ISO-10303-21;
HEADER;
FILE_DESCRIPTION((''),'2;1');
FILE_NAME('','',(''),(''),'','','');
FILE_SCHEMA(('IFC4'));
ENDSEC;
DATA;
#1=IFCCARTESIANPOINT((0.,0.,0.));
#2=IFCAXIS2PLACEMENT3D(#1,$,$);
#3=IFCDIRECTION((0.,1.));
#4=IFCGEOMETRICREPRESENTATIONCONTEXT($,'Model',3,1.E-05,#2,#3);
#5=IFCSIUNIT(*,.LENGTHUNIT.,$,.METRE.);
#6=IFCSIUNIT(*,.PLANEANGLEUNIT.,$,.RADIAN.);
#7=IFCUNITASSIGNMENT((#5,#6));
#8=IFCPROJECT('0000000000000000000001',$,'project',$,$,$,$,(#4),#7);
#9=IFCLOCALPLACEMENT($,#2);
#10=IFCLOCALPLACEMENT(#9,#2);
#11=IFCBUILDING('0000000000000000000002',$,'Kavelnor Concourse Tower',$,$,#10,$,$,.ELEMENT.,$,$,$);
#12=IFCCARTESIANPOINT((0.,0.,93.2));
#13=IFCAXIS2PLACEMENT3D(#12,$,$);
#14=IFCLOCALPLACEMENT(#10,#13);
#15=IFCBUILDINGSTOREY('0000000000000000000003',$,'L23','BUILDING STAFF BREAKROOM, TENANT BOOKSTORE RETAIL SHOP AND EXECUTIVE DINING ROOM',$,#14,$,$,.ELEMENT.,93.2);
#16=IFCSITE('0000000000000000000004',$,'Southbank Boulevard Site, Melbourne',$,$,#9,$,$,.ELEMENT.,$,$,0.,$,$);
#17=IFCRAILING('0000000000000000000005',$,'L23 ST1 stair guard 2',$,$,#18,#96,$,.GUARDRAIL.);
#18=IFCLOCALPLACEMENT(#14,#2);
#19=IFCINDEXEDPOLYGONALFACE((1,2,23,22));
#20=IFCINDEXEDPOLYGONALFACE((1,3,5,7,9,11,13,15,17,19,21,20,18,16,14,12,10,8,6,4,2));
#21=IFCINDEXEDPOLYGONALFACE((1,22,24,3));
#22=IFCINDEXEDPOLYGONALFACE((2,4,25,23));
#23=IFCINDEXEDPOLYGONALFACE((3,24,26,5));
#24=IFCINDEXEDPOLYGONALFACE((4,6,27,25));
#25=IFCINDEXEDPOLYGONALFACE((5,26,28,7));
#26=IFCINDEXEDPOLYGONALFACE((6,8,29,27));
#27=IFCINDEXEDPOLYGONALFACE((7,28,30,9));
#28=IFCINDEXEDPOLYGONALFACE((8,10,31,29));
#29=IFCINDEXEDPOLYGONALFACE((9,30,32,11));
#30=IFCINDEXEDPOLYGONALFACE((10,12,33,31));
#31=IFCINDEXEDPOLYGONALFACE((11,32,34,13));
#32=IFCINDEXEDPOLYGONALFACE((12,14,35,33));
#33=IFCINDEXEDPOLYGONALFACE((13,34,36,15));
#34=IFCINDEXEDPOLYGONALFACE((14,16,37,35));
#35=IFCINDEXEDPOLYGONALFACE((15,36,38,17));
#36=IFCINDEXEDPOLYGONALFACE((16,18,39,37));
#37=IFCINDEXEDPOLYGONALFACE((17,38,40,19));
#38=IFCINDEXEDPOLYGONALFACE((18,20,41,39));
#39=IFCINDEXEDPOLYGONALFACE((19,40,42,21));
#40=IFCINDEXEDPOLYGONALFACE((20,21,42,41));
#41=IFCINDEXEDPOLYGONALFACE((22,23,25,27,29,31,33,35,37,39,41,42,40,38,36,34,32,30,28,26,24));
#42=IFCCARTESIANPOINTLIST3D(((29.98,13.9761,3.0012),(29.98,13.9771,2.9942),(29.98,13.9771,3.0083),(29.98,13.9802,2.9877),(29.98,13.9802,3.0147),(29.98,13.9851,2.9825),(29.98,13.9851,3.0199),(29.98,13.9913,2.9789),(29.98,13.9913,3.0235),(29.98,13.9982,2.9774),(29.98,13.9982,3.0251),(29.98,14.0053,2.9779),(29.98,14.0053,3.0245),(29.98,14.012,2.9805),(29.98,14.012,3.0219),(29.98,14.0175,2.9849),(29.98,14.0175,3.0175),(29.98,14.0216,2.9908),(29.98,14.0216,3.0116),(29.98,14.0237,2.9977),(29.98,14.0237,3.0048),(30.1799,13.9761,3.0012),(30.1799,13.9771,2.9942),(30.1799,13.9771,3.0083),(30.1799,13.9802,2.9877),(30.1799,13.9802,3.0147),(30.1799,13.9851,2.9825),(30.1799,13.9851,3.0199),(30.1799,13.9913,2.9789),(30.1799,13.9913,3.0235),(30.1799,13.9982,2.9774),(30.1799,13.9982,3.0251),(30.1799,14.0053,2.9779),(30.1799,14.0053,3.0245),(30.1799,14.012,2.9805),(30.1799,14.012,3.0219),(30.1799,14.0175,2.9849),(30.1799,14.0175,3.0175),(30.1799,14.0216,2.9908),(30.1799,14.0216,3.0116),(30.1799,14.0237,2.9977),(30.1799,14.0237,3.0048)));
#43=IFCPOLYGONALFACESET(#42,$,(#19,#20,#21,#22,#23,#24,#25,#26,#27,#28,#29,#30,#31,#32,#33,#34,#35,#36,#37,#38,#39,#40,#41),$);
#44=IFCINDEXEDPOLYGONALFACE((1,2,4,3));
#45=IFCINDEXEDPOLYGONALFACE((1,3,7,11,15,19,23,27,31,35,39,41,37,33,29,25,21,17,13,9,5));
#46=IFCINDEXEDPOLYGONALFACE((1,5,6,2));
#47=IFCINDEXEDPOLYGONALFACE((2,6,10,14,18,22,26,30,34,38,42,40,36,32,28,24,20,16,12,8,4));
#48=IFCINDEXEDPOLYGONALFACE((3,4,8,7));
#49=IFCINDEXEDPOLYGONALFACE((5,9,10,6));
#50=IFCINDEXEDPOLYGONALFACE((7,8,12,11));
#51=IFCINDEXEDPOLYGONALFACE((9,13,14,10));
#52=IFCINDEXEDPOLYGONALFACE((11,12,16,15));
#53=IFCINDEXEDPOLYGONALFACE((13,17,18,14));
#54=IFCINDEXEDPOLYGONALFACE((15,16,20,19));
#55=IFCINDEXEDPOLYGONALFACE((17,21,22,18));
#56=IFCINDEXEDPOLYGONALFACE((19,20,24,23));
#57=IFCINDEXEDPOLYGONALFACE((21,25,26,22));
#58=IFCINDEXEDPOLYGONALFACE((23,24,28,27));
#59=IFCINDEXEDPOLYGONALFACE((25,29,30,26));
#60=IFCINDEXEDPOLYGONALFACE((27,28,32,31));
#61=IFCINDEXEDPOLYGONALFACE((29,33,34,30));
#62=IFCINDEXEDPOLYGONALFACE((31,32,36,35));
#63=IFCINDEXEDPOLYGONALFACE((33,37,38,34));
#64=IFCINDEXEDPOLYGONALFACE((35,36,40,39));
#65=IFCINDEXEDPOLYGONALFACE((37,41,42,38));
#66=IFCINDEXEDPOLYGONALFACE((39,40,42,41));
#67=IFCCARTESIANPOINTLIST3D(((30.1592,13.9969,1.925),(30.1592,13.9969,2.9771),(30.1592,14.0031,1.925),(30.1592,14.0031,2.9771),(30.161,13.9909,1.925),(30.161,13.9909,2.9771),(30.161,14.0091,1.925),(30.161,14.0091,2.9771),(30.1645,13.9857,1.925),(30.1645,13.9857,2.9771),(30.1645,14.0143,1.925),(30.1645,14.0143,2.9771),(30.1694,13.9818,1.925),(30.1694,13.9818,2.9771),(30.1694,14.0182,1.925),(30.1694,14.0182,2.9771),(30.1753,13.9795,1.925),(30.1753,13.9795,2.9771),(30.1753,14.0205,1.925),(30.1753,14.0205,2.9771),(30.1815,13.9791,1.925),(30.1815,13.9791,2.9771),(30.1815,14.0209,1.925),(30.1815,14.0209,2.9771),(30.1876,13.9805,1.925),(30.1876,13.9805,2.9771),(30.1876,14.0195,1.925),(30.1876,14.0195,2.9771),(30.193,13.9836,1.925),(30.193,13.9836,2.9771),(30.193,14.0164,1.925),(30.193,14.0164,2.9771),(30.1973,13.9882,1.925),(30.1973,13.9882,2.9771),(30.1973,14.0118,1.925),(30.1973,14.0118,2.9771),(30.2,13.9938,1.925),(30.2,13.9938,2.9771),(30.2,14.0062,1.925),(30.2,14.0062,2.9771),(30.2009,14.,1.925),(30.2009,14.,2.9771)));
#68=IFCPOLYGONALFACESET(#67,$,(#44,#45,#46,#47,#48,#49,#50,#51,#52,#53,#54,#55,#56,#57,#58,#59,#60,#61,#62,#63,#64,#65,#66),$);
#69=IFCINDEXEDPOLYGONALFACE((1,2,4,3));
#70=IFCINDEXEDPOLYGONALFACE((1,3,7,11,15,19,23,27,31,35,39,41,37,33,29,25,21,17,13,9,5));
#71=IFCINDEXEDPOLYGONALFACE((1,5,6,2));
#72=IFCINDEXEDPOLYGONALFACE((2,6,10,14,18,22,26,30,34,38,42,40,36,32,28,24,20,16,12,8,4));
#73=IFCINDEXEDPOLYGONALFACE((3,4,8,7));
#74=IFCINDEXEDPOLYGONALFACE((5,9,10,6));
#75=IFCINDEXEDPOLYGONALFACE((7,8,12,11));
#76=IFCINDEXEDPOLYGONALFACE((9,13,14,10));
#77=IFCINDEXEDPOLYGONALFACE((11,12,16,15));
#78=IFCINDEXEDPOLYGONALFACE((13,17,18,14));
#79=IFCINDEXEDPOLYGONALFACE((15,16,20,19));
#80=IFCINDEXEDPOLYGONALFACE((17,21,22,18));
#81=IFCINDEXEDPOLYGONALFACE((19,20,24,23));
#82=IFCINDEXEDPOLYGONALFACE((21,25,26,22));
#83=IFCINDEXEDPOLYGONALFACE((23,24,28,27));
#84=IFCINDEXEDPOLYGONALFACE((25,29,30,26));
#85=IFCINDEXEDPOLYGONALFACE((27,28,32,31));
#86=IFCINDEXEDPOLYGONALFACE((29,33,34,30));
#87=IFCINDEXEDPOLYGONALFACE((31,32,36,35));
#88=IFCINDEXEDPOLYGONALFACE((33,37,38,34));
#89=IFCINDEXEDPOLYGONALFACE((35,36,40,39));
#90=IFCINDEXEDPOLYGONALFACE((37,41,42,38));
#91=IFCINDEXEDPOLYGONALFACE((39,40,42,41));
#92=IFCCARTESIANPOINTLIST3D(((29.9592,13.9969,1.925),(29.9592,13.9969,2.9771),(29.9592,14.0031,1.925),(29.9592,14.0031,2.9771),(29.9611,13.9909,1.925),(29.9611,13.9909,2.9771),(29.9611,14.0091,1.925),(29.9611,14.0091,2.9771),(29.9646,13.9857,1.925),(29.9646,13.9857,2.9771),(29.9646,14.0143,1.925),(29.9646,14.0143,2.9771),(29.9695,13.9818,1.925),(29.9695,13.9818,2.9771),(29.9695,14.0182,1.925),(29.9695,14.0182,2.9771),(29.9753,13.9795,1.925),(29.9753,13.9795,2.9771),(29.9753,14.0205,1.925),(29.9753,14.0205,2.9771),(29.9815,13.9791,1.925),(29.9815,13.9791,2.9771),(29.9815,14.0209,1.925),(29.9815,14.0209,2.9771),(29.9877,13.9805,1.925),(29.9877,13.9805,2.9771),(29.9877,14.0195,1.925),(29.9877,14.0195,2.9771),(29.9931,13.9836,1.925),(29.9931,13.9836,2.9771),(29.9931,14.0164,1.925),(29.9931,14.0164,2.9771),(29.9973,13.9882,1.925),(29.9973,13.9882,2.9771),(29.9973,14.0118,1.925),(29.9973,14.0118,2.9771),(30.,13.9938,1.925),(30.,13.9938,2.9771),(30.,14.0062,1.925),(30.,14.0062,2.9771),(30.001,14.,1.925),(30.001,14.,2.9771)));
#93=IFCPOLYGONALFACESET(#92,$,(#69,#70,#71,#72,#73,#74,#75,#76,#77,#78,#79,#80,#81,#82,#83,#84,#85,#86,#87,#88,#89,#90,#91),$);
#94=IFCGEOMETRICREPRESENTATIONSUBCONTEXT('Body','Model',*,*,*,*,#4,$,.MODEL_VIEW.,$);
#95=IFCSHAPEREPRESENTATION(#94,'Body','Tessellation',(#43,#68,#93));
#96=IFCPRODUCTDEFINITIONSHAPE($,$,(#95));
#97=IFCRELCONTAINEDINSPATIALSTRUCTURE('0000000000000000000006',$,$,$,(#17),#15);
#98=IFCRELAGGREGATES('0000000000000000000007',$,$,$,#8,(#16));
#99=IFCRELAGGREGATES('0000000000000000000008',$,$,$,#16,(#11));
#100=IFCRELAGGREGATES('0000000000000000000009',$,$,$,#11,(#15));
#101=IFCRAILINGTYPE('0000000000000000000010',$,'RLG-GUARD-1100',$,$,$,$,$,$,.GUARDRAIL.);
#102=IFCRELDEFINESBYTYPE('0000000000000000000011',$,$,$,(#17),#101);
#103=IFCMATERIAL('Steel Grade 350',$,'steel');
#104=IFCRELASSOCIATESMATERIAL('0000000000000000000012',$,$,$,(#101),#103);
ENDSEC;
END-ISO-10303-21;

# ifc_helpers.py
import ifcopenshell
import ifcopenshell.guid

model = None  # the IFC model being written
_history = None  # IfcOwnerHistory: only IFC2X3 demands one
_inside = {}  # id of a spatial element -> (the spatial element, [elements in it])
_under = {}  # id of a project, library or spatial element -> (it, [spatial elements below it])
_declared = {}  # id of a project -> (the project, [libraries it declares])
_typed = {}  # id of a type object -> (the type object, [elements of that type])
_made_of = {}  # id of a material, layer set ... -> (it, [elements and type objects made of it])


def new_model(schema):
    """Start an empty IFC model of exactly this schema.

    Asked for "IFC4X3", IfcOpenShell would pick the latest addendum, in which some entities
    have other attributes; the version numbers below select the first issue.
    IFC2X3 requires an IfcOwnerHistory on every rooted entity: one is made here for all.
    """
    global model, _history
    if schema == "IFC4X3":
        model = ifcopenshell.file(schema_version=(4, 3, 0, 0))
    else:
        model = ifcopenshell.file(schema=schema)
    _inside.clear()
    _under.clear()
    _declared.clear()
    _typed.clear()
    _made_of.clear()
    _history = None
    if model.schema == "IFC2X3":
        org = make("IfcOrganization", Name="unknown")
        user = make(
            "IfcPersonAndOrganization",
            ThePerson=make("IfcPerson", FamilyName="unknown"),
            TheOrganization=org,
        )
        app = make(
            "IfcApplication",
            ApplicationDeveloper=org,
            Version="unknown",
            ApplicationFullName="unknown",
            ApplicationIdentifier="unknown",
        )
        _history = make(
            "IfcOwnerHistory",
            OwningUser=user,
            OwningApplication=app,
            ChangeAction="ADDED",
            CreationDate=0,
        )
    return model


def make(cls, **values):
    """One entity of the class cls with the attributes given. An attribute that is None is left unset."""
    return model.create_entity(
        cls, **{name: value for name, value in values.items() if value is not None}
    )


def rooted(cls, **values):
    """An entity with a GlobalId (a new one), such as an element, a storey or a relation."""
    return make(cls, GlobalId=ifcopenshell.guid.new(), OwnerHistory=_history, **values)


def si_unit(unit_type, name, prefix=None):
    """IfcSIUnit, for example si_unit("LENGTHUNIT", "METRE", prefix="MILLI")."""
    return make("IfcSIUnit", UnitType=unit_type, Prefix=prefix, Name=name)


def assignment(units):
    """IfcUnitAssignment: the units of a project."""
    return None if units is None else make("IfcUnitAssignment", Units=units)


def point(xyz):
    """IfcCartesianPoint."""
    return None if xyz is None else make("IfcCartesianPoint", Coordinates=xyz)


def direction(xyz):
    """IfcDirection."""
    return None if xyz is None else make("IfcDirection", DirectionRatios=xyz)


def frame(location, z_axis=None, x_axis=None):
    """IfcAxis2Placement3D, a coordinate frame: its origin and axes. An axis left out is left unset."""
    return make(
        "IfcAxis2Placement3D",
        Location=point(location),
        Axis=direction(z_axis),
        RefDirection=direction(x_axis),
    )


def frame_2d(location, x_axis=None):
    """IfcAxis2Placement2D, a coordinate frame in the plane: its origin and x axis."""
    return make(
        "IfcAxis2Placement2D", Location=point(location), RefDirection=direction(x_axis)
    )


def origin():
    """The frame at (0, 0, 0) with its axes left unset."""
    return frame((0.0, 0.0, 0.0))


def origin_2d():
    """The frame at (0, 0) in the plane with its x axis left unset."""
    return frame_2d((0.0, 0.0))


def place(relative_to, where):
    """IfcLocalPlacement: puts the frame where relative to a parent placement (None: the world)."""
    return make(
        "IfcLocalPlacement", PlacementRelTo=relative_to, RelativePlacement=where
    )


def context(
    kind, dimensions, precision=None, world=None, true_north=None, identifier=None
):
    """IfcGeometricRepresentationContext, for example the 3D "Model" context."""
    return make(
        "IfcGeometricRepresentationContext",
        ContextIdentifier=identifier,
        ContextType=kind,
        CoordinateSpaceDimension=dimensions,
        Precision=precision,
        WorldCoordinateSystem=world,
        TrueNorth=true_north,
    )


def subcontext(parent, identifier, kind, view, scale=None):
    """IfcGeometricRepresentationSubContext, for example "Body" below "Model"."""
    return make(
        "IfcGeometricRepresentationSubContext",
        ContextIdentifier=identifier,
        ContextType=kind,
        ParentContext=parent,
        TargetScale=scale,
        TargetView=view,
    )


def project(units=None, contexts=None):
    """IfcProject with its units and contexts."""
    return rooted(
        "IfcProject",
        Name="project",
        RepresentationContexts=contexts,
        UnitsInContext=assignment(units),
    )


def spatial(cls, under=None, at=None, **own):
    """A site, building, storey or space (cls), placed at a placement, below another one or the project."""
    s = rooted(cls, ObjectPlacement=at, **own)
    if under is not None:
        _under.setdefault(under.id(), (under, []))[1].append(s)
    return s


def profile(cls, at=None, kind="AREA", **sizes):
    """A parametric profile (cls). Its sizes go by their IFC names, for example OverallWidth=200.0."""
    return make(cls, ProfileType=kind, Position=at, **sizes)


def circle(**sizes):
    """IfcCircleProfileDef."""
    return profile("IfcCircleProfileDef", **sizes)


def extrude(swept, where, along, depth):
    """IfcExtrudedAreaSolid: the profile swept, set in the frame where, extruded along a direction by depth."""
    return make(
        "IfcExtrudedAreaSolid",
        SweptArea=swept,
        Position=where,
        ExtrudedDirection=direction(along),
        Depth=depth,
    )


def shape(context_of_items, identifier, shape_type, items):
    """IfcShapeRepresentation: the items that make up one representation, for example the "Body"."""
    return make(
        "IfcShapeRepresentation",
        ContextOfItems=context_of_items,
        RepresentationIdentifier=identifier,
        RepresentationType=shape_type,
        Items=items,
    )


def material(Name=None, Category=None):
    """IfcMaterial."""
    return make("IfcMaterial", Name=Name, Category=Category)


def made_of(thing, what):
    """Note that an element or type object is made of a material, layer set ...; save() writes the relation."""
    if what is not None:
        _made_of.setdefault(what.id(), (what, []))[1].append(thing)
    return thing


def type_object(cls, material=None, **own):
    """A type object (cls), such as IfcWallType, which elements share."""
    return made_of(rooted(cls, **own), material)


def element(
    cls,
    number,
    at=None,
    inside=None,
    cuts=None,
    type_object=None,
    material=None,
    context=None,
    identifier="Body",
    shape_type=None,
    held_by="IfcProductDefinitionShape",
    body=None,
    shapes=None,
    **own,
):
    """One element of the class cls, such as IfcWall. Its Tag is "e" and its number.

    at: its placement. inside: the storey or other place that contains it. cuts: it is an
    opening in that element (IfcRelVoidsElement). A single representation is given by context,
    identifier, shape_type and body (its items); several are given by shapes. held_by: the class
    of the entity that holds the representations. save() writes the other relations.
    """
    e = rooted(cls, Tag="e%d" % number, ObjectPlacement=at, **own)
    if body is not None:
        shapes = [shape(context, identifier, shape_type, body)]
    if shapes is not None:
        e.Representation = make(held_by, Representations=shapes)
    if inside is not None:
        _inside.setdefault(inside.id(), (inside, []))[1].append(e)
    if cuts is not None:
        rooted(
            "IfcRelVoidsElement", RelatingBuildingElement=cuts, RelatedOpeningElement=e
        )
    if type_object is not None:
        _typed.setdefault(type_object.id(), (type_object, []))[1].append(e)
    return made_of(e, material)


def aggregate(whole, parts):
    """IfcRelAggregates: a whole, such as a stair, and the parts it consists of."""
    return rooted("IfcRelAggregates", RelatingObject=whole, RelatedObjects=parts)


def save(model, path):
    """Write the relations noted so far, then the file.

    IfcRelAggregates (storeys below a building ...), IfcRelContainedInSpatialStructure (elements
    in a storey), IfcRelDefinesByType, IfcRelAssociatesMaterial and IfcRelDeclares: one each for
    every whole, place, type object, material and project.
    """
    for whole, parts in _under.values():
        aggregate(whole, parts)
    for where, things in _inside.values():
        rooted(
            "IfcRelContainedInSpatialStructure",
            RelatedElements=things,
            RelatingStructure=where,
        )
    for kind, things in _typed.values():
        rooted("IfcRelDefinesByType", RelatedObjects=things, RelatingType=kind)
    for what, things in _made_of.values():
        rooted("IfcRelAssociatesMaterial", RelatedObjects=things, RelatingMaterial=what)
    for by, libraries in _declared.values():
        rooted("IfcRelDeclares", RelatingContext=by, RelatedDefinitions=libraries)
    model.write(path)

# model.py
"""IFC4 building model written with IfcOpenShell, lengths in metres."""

from ifc_helpers import new_model, si_unit, direction, frame, origin, origin_2d, place, context, subcontext, project, spatial, circle, extrude, material, type_object, element, save


model = new_model("IFC4")

# Units and contexts
model_context = context("Model", 3, precision=1e-05, world=origin(), true_north=direction((0.0, 1.0)))
body_context = subcontext(model_context, "Body", "Model", "MODEL_VIEW")
ifc_project = project(units=[si_unit("LENGTHUNIT", "METRE"), si_unit("PLANEANGLEUNIT", "RADIAN")], contexts=[model_context])

# Site, building, storey
site_placement = place(None, origin())
site = spatial("IfcSite", under=ifc_project, at=site_placement, Name="Southbank Boulevard Site, Melbourne", CompositionType="ELEMENT", RefElevation=0.0)
building_placement = place(site_placement, origin())
building = spatial("IfcBuilding", under=site, at=building_placement, Name="Kavelnor Concourse Tower", CompositionType="ELEMENT")
storey_placement = place(building_placement, frame((0.0, 0.0, 93.2)))
storey = spatial("IfcBuildingStorey", under=building, at=storey_placement, Name="L23", Description="BUILDING STAFF BREAKROOM, TENANT BOOKSTORE RETAIL SHOP AND EXECUTIVE DINING ROOM", CompositionType="ELEMENT", Elevation=93.2)

# Shared definitions
ifc_material_1 = material(Name="Steel Grade 350", Category="steel")

# Railing
railing_type_1 = type_object("IfcRailingType", Name="RLG-GUARD-1100", PredefinedType="GUARDRAIL", material=ifc_material_1)
railing_1_placement = place(storey_placement, frame((30.1799, 14.0, 1.925)))
element("IfcRailing", 1, at=railing_1_placement, inside=storey, type_object=railing_type_1, Name="L23 ST1 stair guard 2", PredefinedType="GUARDRAIL", context=body_context, shape_type="SweptSolid", body=[
    extrude(circle(Radius=0.0239, at=origin_2d()), frame((0.0, 0.0, 1.0762), z_axis=(-1.0, 0.0, 0.0), x_axis=(0.0, -1.0, 0.0)), (0.0, 0.0, 1.0), 0.2),
    extrude(circle(Radius=0.021, at=origin_2d()), origin(), (0.0, 0.0, 1.0), 1.052),
    extrude(circle(Radius=0.021, at=origin_2d()), frame((-0.2, 0.0, 0.0)), (0.0, 0.0, 1.0), 1.052),
])

save(model, "model.ifc")
